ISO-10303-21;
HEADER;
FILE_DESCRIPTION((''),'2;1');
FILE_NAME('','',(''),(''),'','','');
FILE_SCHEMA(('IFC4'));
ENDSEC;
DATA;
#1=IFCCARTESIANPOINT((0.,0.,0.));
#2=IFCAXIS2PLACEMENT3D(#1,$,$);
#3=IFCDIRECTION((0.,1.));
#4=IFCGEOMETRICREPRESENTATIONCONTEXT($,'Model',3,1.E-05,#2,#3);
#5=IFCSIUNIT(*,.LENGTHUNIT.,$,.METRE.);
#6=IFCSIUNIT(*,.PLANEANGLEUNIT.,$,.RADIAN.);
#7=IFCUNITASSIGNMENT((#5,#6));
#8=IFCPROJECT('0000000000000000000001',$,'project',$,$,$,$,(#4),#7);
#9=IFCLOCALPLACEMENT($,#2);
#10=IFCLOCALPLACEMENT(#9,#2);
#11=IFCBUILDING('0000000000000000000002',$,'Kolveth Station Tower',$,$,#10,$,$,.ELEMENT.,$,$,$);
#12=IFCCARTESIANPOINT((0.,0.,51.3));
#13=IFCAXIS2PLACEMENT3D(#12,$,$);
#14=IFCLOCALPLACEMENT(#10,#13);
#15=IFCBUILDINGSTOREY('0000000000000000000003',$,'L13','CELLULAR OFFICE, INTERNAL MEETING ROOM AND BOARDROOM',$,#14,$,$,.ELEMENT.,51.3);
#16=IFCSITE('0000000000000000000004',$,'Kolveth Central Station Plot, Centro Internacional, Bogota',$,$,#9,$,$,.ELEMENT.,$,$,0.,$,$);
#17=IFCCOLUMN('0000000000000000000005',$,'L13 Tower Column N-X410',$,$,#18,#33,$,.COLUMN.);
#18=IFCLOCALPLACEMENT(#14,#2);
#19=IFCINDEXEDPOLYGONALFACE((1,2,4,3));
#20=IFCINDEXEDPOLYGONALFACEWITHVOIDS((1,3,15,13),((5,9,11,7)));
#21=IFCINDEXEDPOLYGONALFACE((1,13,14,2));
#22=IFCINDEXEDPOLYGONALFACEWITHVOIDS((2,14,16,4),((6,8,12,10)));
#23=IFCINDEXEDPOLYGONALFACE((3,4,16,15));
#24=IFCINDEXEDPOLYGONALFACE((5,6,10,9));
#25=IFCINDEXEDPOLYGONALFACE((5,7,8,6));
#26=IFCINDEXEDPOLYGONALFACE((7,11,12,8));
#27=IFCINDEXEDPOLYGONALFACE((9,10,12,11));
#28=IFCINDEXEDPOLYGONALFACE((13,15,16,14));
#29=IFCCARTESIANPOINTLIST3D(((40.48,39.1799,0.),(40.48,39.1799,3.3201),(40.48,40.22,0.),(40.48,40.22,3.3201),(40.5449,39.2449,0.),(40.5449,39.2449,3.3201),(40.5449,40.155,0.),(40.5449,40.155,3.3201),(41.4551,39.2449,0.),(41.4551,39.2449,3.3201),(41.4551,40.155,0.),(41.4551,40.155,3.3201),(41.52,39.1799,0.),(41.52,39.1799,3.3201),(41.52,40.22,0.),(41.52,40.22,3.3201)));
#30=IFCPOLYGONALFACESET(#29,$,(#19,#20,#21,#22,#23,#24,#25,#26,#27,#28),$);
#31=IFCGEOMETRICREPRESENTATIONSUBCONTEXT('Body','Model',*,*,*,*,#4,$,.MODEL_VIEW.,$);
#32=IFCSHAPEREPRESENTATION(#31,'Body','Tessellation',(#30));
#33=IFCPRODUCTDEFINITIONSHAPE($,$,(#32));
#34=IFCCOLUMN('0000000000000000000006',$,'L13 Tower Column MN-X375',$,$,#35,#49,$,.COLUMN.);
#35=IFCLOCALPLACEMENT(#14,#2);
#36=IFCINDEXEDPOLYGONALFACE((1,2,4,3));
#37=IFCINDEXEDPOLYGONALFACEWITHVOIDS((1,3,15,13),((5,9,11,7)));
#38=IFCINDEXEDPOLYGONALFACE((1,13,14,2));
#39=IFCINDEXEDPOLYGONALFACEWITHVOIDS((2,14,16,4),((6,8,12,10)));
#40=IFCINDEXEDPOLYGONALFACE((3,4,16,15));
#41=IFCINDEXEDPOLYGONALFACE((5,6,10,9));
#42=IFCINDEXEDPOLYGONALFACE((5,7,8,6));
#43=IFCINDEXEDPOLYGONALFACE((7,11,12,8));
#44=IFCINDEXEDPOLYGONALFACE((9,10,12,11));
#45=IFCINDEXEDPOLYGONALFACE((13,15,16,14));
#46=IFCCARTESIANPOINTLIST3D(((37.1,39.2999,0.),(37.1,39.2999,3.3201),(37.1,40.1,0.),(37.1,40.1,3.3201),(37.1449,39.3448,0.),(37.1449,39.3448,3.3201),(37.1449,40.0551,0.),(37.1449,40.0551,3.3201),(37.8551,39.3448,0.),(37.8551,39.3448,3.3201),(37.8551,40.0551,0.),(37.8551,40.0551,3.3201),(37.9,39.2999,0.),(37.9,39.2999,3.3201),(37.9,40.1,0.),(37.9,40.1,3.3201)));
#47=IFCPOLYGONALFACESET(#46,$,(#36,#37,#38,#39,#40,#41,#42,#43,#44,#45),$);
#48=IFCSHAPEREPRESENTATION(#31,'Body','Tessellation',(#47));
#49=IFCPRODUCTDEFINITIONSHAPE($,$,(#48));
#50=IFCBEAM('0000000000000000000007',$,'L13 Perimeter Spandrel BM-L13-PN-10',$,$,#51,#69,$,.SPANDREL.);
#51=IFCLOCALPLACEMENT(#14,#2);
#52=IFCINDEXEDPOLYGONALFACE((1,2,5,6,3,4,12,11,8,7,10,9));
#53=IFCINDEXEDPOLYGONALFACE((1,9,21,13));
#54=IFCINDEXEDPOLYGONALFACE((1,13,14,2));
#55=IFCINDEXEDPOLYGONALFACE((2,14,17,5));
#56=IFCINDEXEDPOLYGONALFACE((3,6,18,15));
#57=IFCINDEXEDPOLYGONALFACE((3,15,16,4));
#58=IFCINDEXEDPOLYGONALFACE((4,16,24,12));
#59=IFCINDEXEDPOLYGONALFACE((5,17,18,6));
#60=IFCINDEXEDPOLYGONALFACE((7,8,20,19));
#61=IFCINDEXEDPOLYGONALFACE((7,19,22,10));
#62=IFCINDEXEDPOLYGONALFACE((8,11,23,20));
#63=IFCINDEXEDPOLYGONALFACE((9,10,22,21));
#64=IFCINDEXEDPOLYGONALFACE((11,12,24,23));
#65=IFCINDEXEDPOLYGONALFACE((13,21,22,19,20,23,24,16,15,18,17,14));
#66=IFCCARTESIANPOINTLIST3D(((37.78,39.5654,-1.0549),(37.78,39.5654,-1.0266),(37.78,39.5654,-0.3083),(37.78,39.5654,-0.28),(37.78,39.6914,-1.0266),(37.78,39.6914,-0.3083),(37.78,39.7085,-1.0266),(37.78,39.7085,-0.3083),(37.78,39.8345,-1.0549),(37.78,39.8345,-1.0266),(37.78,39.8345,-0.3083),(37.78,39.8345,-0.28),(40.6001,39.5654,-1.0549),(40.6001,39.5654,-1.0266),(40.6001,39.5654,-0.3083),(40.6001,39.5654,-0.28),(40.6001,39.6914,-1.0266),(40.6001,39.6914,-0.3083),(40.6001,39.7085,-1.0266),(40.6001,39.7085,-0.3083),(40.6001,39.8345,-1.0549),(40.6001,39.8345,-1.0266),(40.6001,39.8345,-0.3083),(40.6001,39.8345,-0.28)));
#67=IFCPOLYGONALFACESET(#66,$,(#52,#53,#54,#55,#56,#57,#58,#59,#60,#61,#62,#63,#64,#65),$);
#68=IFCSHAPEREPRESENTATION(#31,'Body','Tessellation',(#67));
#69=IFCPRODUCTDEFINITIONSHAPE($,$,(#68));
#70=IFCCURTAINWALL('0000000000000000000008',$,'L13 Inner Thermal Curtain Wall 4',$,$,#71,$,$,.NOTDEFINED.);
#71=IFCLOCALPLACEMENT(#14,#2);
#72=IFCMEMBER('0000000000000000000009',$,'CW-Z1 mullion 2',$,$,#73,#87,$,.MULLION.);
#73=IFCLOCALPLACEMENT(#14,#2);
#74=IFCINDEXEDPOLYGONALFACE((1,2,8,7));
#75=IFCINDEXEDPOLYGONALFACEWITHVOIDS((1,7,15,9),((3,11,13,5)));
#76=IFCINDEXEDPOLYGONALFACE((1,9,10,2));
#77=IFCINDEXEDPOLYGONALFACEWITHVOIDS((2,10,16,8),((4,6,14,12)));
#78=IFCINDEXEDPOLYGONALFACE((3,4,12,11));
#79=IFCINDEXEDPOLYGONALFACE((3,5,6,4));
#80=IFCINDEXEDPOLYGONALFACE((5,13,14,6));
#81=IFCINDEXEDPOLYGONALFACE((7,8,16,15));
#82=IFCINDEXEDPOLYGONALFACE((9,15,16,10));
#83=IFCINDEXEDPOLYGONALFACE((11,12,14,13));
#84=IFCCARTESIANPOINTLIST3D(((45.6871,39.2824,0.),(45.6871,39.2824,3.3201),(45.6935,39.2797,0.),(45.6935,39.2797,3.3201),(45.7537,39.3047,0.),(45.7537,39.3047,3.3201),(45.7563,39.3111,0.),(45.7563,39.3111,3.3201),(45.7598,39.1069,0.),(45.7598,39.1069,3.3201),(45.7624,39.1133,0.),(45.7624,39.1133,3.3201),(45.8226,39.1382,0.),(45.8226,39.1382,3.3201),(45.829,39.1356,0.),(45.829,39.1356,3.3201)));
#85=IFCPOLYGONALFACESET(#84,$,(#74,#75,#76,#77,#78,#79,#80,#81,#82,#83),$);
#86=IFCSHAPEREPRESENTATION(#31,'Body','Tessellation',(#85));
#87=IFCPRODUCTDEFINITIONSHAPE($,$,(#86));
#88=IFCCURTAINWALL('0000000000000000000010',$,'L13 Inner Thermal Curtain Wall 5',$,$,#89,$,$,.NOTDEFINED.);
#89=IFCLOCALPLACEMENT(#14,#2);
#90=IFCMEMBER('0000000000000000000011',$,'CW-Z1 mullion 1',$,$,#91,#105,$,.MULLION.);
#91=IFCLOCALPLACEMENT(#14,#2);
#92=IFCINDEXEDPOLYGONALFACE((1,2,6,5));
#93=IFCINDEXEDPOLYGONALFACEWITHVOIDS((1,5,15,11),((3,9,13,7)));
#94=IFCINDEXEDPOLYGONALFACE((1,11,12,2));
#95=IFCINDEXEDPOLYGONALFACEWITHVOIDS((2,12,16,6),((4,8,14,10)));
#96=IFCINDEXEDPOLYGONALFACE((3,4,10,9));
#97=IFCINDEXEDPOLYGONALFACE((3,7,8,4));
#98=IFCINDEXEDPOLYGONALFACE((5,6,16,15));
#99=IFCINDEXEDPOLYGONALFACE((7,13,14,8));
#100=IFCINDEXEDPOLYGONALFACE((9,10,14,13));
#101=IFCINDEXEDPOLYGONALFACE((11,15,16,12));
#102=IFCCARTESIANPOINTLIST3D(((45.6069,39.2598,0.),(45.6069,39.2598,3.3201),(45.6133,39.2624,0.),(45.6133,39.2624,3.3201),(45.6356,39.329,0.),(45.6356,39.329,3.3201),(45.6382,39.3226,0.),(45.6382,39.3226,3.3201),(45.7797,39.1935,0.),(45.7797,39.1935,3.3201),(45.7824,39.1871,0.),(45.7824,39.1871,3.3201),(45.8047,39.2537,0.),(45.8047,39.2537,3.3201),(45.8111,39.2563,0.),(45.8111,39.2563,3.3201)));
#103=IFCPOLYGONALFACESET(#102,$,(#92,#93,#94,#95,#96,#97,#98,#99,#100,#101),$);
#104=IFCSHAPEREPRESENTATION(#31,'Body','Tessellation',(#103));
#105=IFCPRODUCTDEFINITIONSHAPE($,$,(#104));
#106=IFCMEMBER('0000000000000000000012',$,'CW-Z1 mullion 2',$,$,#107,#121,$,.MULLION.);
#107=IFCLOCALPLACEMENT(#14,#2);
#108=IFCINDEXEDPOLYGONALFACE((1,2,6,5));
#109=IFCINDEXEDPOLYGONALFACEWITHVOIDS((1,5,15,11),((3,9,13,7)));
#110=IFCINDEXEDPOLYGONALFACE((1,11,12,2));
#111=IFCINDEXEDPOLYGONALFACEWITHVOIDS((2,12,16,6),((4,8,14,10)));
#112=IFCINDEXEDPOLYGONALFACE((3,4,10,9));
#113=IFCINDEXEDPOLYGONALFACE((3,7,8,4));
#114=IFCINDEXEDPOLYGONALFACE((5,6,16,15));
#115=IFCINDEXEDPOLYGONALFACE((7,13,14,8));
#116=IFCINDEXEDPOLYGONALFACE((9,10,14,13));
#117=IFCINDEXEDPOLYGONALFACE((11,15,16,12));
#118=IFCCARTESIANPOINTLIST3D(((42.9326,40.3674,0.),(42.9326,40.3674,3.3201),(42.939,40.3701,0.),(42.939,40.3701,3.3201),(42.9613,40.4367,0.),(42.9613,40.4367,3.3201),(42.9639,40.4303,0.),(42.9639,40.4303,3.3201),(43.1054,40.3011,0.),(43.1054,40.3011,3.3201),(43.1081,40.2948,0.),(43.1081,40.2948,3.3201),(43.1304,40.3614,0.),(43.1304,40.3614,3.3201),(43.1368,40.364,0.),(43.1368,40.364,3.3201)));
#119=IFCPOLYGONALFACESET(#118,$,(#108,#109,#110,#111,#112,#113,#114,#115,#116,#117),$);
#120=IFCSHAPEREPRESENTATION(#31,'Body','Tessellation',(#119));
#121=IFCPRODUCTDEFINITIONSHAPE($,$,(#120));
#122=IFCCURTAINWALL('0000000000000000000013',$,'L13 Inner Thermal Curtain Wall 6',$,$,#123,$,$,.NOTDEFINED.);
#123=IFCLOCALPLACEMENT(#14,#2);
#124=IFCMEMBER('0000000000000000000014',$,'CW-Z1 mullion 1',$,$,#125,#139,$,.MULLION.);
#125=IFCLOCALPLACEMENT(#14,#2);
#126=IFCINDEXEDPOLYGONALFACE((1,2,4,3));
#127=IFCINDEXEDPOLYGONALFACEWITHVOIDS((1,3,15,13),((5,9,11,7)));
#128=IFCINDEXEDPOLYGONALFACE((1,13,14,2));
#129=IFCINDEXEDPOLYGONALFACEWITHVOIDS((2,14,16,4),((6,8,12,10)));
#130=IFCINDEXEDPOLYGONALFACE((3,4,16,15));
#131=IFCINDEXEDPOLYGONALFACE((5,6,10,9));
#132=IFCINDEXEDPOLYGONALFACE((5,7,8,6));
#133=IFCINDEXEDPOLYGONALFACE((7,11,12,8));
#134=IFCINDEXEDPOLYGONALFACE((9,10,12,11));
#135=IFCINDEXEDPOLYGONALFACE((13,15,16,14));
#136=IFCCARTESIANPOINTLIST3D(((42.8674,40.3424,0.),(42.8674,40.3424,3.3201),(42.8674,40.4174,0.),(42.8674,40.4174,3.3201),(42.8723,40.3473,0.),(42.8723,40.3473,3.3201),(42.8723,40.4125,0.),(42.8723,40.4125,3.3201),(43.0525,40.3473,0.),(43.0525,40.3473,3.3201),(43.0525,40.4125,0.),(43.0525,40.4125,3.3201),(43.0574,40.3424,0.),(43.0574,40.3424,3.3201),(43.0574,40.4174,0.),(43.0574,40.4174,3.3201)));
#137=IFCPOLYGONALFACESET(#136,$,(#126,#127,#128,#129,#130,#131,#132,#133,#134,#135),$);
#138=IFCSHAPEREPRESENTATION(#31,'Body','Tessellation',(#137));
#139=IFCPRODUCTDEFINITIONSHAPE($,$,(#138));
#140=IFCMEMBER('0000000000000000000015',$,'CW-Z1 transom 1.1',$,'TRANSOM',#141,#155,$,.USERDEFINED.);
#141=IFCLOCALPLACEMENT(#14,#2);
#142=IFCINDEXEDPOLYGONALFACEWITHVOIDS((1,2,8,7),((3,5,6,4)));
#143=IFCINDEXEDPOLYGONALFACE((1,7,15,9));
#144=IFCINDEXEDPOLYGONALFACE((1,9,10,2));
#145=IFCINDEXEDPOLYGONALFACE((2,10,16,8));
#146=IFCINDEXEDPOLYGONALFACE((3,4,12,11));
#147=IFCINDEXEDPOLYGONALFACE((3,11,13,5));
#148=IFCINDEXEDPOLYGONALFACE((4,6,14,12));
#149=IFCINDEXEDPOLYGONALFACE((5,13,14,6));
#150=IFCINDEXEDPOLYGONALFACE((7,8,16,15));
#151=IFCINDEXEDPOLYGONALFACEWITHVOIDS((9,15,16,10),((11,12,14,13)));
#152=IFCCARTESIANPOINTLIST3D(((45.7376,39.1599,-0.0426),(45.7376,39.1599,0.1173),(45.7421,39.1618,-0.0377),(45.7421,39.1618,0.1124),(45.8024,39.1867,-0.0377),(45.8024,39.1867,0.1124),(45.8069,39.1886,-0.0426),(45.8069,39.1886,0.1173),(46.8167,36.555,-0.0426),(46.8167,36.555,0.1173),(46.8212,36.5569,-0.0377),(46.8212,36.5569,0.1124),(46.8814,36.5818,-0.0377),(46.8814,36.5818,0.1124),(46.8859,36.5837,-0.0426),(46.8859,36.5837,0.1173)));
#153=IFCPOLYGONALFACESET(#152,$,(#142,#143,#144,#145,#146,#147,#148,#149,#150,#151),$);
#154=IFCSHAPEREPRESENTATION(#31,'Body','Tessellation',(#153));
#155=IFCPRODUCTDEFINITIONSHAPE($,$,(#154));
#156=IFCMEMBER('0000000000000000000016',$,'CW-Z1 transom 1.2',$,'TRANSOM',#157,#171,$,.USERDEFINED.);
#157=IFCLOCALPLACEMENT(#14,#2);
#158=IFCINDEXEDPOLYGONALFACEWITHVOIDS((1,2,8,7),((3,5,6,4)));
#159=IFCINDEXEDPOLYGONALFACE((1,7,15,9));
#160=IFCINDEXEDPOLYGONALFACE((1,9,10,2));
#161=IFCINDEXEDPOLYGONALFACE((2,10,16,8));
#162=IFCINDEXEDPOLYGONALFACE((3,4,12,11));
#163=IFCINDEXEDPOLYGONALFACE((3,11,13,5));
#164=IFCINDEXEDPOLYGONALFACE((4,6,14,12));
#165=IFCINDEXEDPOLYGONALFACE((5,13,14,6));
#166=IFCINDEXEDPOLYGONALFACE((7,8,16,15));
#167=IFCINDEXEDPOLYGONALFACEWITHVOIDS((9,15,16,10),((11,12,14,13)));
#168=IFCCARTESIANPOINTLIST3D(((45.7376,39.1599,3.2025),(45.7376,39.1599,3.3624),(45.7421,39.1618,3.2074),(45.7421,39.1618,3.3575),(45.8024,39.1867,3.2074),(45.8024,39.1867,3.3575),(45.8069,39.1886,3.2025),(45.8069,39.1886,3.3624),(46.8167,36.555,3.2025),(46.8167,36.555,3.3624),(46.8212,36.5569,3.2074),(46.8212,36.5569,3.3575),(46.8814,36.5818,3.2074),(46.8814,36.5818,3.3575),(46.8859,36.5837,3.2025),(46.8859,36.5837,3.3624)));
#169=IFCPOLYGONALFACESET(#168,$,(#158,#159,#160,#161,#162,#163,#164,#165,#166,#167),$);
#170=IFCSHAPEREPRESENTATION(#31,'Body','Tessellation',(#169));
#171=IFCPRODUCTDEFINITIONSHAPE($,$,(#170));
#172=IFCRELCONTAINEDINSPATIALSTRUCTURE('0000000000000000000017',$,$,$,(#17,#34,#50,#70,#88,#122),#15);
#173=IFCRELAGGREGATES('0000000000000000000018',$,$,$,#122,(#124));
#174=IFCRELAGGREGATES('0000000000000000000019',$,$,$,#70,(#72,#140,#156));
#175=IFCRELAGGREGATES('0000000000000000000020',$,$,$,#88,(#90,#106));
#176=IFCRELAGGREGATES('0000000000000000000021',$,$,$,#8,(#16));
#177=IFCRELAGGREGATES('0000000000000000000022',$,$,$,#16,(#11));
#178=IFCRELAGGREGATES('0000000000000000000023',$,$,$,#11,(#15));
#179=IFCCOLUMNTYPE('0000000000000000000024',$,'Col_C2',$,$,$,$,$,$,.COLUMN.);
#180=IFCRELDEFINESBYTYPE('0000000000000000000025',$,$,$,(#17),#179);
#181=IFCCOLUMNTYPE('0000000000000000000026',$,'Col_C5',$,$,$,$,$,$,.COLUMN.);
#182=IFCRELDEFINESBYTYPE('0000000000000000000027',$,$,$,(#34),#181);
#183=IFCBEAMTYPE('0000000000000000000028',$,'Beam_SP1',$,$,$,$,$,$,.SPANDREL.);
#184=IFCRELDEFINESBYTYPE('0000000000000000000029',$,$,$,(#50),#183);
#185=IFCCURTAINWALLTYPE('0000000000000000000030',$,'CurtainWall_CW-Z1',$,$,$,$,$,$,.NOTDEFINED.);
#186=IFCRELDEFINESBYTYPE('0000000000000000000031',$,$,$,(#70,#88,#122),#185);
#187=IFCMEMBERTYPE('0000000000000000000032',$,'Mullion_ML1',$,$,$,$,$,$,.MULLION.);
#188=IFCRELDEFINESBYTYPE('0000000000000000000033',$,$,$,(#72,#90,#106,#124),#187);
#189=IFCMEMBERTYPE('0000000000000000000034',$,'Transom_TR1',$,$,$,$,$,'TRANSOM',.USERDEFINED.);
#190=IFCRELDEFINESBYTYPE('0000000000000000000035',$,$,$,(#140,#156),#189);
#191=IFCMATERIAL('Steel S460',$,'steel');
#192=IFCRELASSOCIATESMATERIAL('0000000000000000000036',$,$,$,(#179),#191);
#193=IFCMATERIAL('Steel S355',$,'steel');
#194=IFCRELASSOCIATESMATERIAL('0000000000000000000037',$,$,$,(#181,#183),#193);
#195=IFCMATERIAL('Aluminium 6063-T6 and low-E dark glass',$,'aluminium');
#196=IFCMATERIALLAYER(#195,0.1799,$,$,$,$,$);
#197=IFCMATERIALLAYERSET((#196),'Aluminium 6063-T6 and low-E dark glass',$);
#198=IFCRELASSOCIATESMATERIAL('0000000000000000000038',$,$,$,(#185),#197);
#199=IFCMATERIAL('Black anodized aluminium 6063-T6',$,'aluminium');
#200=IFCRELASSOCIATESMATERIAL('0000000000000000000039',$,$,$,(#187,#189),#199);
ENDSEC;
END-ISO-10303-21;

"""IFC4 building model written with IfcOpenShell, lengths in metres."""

from ifc_helpers import new_model, si_unit, direction, frame, origin, origin_2d, place, context, subcontext, project, spatial, hollow_rectangle, i_section, extrude, source, transform, mapped, material, layer, layer_set, material_profile, profile_set, type_object, element, aggregate, save


model = new_model("IFC4")

# Units and contexts
model_context = context("Model", 3, precision=1e-05, world=origin(), true_north=direction((0.0, 1.0)))
body_context = subcontext(model_context, "Body", "Model", "MODEL_VIEW")
ifc_project = project(units=[si_unit("LENGTHUNIT", "METRE"), si_unit("PLANEANGLEUNIT", "RADIAN")], contexts=[model_context])

# Site, building, storey
site_placement = place(None, origin())
site = spatial("IfcSite", under=ifc_project, at=site_placement, Name="Kolveth Central Station Plot, Centro Internacional, Bogota", CompositionType="ELEMENT", RefElevation=0.0)
building_placement = place(site_placement, origin())
building = spatial("IfcBuilding", under=site, at=building_placement, Name="Kolveth Station Tower", CompositionType="ELEMENT")
storey_placement = place(building_placement, frame((0.0, 0.0, 51.3)))
storey = spatial("IfcBuildingStorey", under=building, at=storey_placement, Name="L13", Description="CELLULAR OFFICE, INTERNAL MEETING ROOM AND BOARDROOM", CompositionType="ELEMENT", Elevation=51.3)

# Columns
ifc_material_1 = material(Name="Steel S460", Category="steel")
ifc_material_profile_1 = material_profile(ifc_material_1, hollow_rectangle(XDim=1.04, YDim=1.04, WallThickness=0.0649, at=origin_2d()), Name="BOX1040x1040x65")
ifc_profile_set_1 = profile_set([ifc_material_profile_1], Name="Steel S460")
column_type_1 = type_object("IfcColumnType", Name="Col_C2", PredefinedType="COLUMN", material=ifc_profile_set_1)
shared_shape_1 = source(origin(), body_context, "Body", "SweptSolid", [
    extrude(hollow_rectangle(XDim=1.04, YDim=1.04, WallThickness=0.0649, at=origin_2d()), origin(), (0.0, 0.0, 1.0), 3.3201),
])
column_1_placement = place(storey_placement, frame((41.0, 39.7, 0.0), z_axis=(0.0, 0.0, 1.0), x_axis=(1.0, 0.0, 0.0)))
element("IfcColumn", 1, at=column_1_placement, inside=storey, type_object=column_type_1, Name="L13 Tower Column N-X410", PredefinedType="COLUMN", context=body_context, shape_type="MappedRepresentation", body=[
    mapped(shared_shape_1, transform((0.0, 0.0, 0.0), x_axis=(1.0, 0.0, 0.0), y_axis=(0.0, 1.0, 0.0), z_axis=(0.0, 0.0, 1.0), scale=1.0)),
])
ifc_material_2 = material(Name="Steel S355", Category="steel")
ifc_material_profile_2 = material_profile(ifc_material_2, hollow_rectangle(XDim=0.8, YDim=0.8, WallThickness=0.0449, at=origin_2d()), Name="BOX800x800x45")
ifc_profile_set_2 = profile_set([ifc_material_profile_2], Name="Steel S355")
column_type_2 = type_object("IfcColumnType", Name="Col_C5", PredefinedType="COLUMN", material=ifc_profile_set_2)
shared_shape_2 = source(origin(), body_context, "Body", "SweptSolid", [
    extrude(hollow_rectangle(XDim=0.8, YDim=0.8, WallThickness=0.0449, at=origin_2d()), origin(), (0.0, 0.0, 1.0), 3.3201),
])
column_2_placement = place(storey_placement, frame((37.5, 39.7, 0.0), z_axis=(0.0, 0.0, 1.0), x_axis=(1.0, 0.0, 0.0)))
element("IfcColumn", 2, at=column_2_placement, inside=storey, type_object=column_type_2, Name="L13 Tower Column MN-X375", PredefinedType="COLUMN", context=body_context, shape_type="MappedRepresentation", body=[
    mapped(shared_shape_2, transform((0.0, 0.0, 0.0), x_axis=(1.0, 0.0, 0.0), y_axis=(0.0, 1.0, 0.0), z_axis=(0.0, 0.0, 1.0), scale=1.0)),
])

# Beam
ifc_material_profile_3 = material_profile(ifc_material_2, i_section(OverallWidth=0.269, OverallDepth=0.7749, WebThickness=0.0171, FlangeThickness=0.0283, at=origin_2d()), Name="W760x220")
ifc_profile_set_3 = profile_set([ifc_material_profile_3], Name="Steel S355")
beam_type = type_object("IfcBeamType", Name="Beam_SP1", PredefinedType="SPANDREL", material=ifc_profile_set_3)
shared_shape_3 = source(origin(), body_context, "Body", "SweptSolid", [
    extrude(i_section(OverallWidth=0.269, OverallDepth=0.7749, WebThickness=0.0171, FlangeThickness=0.0283, at=origin_2d()), origin(), (0.0, 0.0, 1.0), 2.8201),
])
beam_placement = place(storey_placement, frame((37.78, 39.7, -0.6675), z_axis=(1.0, 0.0, 0.0), x_axis=(0.0, 1.0, 0.0)))
element("IfcBeam", 3, at=beam_placement, inside=storey, type_object=beam_type, Name="L13 Perimeter Spandrel BM-L13-PN-10", PredefinedType="SPANDREL", context=body_context, shape_type="MappedRepresentation", body=[
    mapped(shared_shape_3, transform((0.0, 0.0, 0.0), x_axis=(1.0, 0.0, 0.0), y_axis=(0.0, 1.0, 0.0), z_axis=(0.0, 0.0, 1.0), scale=1.0)),
])

# Curtain wall, member
ifc_material_3 = material(Name="Aluminium 6063-T6 and low-E dark glass", Category="aluminium")
ifc_layer_1 = layer(ifc_material_3, 0.1799)
ifc_layer_set_1 = layer_set([ifc_layer_1], Name="Aluminium 6063-T6 and low-E dark glass")
curtain_wall_type_1 = type_object("IfcCurtainWallType", Name="CurtainWall_CW-Z1", PredefinedType="NOTDEFINED", material=ifc_layer_set_1)
curtain_wall_1_placement = place(storey_placement, origin())
curtain_wall_1 = element("IfcCurtainWall", 4, at=curtain_wall_1_placement, inside=storey, type_object=curtain_wall_type_1, Name="L13 Inner Thermal Curtain Wall 4", PredefinedType="NOTDEFINED")
ifc_material_4 = material(Name="Black anodized aluminium 6063-T6", Category="aluminium")
ifc_material_profile_4 = material_profile(ifc_material_4, hollow_rectangle(XDim=0.075, YDim=0.1899, WallThickness=0.0049, at=origin_2d()), Name="ALU-75x190x5")
ifc_profile_set_4 = profile_set([ifc_material_profile_4], Name="Black anodized aluminium 6063-T6")
member_type_1 = type_object("IfcMemberType", Name="Mullion_ML1", PredefinedType="MULLION", material=ifc_profile_set_4)
shared_shape_4 = source(origin(), body_context, "Body", "SweptSolid", [
    extrude(hollow_rectangle(XDim=0.075, YDim=0.1899, WallThickness=0.0049, at=origin_2d()), origin(), (0.0, 0.0, 1.0), 3.3201),
])
member_1_placement = place(storey_placement, frame((45.7581, 39.209, 0.0), z_axis=(0.0, 0.0, 1.0), x_axis=(-0.923884, -0.382673, 0.0)))
member_1 = element("IfcMember", 5, at=member_1_placement, type_object=member_type_1, Name="CW-Z1 mullion 2", PredefinedType="MULLION", context=body_context, shape_type="MappedRepresentation", body=[
    mapped(shared_shape_4, transform((0.0, 0.0, 0.0), x_axis=(1.0, 0.0, 0.0), y_axis=(0.0, 1.0, 0.0), z_axis=(0.0, 0.0, 1.0), scale=1.0)),
])

# Curtain wall, members
curtain_wall_2_placement = place(storey_placement, origin())
curtain_wall_2 = element("IfcCurtainWall", 6, at=curtain_wall_2_placement, inside=storey, type_object=curtain_wall_type_1, Name="L13 Inner Thermal Curtain Wall 5", PredefinedType="NOTDEFINED")
member_2_placement = place(storey_placement, frame((45.709, 39.2581, 0.0), z_axis=(0.0, 0.0, 1.0), x_axis=(-0.382673, -0.923884, 0.0)))
member_2 = element("IfcMember", 7, at=member_2_placement, type_object=member_type_1, Name="CW-Z1 mullion 1", PredefinedType="MULLION", context=body_context, shape_type="MappedRepresentation", body=[
    mapped(shared_shape_4, transform((0.0, 0.0, 0.0), x_axis=(1.0, 0.0, 0.0), y_axis=(0.0, 1.0, 0.0), z_axis=(0.0, 0.0, 1.0), scale=1.0)),
])
member_3_placement = place(storey_placement, frame((43.0347, 40.3657, 0.0), z_axis=(0.0, 0.0, 1.0), x_axis=(-0.382673, -0.923884, 0.0)))
member_3 = element("IfcMember", 8, at=member_3_placement, type_object=member_type_1, Name="CW-Z1 mullion 2", PredefinedType="MULLION", context=body_context, shape_type="MappedRepresentation", body=[
    mapped(shared_shape_4, transform((0.0, 0.0, 0.0), x_axis=(1.0, 0.0, 0.0), y_axis=(0.0, 1.0, 0.0), z_axis=(0.0, 0.0, 1.0), scale=1.0)),
])

# Curtain wall, member
curtain_wall_3_placement = place(storey_placement, origin())
curtain_wall_3 = element("IfcCurtainWall", 9, at=curtain_wall_3_placement, inside=storey, type_object=curtain_wall_type_1, Name="L13 Inner Thermal Curtain Wall 6", PredefinedType="NOTDEFINED")
member_4_placement = place(storey_placement, frame((42.9624, 40.3799, 0.0), z_axis=(0.0, 0.0, 1.0), x_axis=(0.0, -1.0, 0.0)))
member_4 = element("IfcMember", 10, at=member_4_placement, type_object=member_type_1, Name="CW-Z1 mullion 1", PredefinedType="MULLION", context=body_context, shape_type="MappedRepresentation", body=[
    mapped(shared_shape_4, transform((0.0, 0.0, 0.0), x_axis=(1.0, 0.0, 0.0), y_axis=(0.0, 1.0, 0.0), z_axis=(0.0, 0.0, 1.0), scale=1.0)),
])

# Members
ifc_material_profile_5 = material_profile(ifc_material_4, hollow_rectangle(XDim=0.075, YDim=0.1599, WallThickness=0.0049, at=origin_2d()), Name="ALU-75x160x5")
ifc_profile_set_5 = profile_set([ifc_material_profile_5], Name="Black anodized aluminium 6063-T6")
member_type_2 = type_object("IfcMemberType", Name="Transom_TR1", ElementType="TRANSOM", PredefinedType="USERDEFINED", material=ifc_profile_set_5)
shared_shape_5 = source(origin(), body_context, "Body", "SweptSolid", [
    extrude(hollow_rectangle(XDim=0.075, YDim=0.1599, WallThickness=0.0049, at=origin_2d()), origin(), (0.0, 0.0, 1.0), 2.8196),
])
member_5_placement = place(storey_placement, frame((46.8513, 36.5693, 0.0374), z_axis=(-0.382709, 0.923869, 0.0), x_axis=(-0.923869, -0.382709, 0.0)))
member_5 = element("IfcMember", 11, at=member_5_placement, type_object=member_type_2, Name="CW-Z1 transom 1.1", ObjectType="TRANSOM", PredefinedType="USERDEFINED", context=body_context, shape_type="MappedRepresentation", body=[
    mapped(shared_shape_5, transform((0.0, 0.0, 0.0), x_axis=(1.0, 0.0, 0.0), y_axis=(0.0, 1.0, 0.0), z_axis=(0.0, 0.0, 1.0), scale=1.0)),
])
member_6_placement = place(storey_placement, frame((46.8513, 36.5693, 3.2825), z_axis=(-0.382709, 0.923869, 0.0), x_axis=(-0.923869, -0.382709, 0.0)))
member_6 = element("IfcMember", 12, at=member_6_placement, type_object=member_type_2, Name="CW-Z1 transom 1.2", ObjectType="TRANSOM", PredefinedType="USERDEFINED", context=body_context, shape_type="MappedRepresentation", body=[
    mapped(shared_shape_5, transform((0.0, 0.0, 0.0), x_axis=(1.0, 0.0, 0.0), y_axis=(0.0, 1.0, 0.0), z_axis=(0.0, 0.0, 1.0), scale=1.0)),
])
aggregate(curtain_wall_3, [member_4])

aggregate(curtain_wall_1, [member_1, member_5, member_6])
aggregate(curtain_wall_2, [member_2, member_3])

save(model, "model.ifc")
